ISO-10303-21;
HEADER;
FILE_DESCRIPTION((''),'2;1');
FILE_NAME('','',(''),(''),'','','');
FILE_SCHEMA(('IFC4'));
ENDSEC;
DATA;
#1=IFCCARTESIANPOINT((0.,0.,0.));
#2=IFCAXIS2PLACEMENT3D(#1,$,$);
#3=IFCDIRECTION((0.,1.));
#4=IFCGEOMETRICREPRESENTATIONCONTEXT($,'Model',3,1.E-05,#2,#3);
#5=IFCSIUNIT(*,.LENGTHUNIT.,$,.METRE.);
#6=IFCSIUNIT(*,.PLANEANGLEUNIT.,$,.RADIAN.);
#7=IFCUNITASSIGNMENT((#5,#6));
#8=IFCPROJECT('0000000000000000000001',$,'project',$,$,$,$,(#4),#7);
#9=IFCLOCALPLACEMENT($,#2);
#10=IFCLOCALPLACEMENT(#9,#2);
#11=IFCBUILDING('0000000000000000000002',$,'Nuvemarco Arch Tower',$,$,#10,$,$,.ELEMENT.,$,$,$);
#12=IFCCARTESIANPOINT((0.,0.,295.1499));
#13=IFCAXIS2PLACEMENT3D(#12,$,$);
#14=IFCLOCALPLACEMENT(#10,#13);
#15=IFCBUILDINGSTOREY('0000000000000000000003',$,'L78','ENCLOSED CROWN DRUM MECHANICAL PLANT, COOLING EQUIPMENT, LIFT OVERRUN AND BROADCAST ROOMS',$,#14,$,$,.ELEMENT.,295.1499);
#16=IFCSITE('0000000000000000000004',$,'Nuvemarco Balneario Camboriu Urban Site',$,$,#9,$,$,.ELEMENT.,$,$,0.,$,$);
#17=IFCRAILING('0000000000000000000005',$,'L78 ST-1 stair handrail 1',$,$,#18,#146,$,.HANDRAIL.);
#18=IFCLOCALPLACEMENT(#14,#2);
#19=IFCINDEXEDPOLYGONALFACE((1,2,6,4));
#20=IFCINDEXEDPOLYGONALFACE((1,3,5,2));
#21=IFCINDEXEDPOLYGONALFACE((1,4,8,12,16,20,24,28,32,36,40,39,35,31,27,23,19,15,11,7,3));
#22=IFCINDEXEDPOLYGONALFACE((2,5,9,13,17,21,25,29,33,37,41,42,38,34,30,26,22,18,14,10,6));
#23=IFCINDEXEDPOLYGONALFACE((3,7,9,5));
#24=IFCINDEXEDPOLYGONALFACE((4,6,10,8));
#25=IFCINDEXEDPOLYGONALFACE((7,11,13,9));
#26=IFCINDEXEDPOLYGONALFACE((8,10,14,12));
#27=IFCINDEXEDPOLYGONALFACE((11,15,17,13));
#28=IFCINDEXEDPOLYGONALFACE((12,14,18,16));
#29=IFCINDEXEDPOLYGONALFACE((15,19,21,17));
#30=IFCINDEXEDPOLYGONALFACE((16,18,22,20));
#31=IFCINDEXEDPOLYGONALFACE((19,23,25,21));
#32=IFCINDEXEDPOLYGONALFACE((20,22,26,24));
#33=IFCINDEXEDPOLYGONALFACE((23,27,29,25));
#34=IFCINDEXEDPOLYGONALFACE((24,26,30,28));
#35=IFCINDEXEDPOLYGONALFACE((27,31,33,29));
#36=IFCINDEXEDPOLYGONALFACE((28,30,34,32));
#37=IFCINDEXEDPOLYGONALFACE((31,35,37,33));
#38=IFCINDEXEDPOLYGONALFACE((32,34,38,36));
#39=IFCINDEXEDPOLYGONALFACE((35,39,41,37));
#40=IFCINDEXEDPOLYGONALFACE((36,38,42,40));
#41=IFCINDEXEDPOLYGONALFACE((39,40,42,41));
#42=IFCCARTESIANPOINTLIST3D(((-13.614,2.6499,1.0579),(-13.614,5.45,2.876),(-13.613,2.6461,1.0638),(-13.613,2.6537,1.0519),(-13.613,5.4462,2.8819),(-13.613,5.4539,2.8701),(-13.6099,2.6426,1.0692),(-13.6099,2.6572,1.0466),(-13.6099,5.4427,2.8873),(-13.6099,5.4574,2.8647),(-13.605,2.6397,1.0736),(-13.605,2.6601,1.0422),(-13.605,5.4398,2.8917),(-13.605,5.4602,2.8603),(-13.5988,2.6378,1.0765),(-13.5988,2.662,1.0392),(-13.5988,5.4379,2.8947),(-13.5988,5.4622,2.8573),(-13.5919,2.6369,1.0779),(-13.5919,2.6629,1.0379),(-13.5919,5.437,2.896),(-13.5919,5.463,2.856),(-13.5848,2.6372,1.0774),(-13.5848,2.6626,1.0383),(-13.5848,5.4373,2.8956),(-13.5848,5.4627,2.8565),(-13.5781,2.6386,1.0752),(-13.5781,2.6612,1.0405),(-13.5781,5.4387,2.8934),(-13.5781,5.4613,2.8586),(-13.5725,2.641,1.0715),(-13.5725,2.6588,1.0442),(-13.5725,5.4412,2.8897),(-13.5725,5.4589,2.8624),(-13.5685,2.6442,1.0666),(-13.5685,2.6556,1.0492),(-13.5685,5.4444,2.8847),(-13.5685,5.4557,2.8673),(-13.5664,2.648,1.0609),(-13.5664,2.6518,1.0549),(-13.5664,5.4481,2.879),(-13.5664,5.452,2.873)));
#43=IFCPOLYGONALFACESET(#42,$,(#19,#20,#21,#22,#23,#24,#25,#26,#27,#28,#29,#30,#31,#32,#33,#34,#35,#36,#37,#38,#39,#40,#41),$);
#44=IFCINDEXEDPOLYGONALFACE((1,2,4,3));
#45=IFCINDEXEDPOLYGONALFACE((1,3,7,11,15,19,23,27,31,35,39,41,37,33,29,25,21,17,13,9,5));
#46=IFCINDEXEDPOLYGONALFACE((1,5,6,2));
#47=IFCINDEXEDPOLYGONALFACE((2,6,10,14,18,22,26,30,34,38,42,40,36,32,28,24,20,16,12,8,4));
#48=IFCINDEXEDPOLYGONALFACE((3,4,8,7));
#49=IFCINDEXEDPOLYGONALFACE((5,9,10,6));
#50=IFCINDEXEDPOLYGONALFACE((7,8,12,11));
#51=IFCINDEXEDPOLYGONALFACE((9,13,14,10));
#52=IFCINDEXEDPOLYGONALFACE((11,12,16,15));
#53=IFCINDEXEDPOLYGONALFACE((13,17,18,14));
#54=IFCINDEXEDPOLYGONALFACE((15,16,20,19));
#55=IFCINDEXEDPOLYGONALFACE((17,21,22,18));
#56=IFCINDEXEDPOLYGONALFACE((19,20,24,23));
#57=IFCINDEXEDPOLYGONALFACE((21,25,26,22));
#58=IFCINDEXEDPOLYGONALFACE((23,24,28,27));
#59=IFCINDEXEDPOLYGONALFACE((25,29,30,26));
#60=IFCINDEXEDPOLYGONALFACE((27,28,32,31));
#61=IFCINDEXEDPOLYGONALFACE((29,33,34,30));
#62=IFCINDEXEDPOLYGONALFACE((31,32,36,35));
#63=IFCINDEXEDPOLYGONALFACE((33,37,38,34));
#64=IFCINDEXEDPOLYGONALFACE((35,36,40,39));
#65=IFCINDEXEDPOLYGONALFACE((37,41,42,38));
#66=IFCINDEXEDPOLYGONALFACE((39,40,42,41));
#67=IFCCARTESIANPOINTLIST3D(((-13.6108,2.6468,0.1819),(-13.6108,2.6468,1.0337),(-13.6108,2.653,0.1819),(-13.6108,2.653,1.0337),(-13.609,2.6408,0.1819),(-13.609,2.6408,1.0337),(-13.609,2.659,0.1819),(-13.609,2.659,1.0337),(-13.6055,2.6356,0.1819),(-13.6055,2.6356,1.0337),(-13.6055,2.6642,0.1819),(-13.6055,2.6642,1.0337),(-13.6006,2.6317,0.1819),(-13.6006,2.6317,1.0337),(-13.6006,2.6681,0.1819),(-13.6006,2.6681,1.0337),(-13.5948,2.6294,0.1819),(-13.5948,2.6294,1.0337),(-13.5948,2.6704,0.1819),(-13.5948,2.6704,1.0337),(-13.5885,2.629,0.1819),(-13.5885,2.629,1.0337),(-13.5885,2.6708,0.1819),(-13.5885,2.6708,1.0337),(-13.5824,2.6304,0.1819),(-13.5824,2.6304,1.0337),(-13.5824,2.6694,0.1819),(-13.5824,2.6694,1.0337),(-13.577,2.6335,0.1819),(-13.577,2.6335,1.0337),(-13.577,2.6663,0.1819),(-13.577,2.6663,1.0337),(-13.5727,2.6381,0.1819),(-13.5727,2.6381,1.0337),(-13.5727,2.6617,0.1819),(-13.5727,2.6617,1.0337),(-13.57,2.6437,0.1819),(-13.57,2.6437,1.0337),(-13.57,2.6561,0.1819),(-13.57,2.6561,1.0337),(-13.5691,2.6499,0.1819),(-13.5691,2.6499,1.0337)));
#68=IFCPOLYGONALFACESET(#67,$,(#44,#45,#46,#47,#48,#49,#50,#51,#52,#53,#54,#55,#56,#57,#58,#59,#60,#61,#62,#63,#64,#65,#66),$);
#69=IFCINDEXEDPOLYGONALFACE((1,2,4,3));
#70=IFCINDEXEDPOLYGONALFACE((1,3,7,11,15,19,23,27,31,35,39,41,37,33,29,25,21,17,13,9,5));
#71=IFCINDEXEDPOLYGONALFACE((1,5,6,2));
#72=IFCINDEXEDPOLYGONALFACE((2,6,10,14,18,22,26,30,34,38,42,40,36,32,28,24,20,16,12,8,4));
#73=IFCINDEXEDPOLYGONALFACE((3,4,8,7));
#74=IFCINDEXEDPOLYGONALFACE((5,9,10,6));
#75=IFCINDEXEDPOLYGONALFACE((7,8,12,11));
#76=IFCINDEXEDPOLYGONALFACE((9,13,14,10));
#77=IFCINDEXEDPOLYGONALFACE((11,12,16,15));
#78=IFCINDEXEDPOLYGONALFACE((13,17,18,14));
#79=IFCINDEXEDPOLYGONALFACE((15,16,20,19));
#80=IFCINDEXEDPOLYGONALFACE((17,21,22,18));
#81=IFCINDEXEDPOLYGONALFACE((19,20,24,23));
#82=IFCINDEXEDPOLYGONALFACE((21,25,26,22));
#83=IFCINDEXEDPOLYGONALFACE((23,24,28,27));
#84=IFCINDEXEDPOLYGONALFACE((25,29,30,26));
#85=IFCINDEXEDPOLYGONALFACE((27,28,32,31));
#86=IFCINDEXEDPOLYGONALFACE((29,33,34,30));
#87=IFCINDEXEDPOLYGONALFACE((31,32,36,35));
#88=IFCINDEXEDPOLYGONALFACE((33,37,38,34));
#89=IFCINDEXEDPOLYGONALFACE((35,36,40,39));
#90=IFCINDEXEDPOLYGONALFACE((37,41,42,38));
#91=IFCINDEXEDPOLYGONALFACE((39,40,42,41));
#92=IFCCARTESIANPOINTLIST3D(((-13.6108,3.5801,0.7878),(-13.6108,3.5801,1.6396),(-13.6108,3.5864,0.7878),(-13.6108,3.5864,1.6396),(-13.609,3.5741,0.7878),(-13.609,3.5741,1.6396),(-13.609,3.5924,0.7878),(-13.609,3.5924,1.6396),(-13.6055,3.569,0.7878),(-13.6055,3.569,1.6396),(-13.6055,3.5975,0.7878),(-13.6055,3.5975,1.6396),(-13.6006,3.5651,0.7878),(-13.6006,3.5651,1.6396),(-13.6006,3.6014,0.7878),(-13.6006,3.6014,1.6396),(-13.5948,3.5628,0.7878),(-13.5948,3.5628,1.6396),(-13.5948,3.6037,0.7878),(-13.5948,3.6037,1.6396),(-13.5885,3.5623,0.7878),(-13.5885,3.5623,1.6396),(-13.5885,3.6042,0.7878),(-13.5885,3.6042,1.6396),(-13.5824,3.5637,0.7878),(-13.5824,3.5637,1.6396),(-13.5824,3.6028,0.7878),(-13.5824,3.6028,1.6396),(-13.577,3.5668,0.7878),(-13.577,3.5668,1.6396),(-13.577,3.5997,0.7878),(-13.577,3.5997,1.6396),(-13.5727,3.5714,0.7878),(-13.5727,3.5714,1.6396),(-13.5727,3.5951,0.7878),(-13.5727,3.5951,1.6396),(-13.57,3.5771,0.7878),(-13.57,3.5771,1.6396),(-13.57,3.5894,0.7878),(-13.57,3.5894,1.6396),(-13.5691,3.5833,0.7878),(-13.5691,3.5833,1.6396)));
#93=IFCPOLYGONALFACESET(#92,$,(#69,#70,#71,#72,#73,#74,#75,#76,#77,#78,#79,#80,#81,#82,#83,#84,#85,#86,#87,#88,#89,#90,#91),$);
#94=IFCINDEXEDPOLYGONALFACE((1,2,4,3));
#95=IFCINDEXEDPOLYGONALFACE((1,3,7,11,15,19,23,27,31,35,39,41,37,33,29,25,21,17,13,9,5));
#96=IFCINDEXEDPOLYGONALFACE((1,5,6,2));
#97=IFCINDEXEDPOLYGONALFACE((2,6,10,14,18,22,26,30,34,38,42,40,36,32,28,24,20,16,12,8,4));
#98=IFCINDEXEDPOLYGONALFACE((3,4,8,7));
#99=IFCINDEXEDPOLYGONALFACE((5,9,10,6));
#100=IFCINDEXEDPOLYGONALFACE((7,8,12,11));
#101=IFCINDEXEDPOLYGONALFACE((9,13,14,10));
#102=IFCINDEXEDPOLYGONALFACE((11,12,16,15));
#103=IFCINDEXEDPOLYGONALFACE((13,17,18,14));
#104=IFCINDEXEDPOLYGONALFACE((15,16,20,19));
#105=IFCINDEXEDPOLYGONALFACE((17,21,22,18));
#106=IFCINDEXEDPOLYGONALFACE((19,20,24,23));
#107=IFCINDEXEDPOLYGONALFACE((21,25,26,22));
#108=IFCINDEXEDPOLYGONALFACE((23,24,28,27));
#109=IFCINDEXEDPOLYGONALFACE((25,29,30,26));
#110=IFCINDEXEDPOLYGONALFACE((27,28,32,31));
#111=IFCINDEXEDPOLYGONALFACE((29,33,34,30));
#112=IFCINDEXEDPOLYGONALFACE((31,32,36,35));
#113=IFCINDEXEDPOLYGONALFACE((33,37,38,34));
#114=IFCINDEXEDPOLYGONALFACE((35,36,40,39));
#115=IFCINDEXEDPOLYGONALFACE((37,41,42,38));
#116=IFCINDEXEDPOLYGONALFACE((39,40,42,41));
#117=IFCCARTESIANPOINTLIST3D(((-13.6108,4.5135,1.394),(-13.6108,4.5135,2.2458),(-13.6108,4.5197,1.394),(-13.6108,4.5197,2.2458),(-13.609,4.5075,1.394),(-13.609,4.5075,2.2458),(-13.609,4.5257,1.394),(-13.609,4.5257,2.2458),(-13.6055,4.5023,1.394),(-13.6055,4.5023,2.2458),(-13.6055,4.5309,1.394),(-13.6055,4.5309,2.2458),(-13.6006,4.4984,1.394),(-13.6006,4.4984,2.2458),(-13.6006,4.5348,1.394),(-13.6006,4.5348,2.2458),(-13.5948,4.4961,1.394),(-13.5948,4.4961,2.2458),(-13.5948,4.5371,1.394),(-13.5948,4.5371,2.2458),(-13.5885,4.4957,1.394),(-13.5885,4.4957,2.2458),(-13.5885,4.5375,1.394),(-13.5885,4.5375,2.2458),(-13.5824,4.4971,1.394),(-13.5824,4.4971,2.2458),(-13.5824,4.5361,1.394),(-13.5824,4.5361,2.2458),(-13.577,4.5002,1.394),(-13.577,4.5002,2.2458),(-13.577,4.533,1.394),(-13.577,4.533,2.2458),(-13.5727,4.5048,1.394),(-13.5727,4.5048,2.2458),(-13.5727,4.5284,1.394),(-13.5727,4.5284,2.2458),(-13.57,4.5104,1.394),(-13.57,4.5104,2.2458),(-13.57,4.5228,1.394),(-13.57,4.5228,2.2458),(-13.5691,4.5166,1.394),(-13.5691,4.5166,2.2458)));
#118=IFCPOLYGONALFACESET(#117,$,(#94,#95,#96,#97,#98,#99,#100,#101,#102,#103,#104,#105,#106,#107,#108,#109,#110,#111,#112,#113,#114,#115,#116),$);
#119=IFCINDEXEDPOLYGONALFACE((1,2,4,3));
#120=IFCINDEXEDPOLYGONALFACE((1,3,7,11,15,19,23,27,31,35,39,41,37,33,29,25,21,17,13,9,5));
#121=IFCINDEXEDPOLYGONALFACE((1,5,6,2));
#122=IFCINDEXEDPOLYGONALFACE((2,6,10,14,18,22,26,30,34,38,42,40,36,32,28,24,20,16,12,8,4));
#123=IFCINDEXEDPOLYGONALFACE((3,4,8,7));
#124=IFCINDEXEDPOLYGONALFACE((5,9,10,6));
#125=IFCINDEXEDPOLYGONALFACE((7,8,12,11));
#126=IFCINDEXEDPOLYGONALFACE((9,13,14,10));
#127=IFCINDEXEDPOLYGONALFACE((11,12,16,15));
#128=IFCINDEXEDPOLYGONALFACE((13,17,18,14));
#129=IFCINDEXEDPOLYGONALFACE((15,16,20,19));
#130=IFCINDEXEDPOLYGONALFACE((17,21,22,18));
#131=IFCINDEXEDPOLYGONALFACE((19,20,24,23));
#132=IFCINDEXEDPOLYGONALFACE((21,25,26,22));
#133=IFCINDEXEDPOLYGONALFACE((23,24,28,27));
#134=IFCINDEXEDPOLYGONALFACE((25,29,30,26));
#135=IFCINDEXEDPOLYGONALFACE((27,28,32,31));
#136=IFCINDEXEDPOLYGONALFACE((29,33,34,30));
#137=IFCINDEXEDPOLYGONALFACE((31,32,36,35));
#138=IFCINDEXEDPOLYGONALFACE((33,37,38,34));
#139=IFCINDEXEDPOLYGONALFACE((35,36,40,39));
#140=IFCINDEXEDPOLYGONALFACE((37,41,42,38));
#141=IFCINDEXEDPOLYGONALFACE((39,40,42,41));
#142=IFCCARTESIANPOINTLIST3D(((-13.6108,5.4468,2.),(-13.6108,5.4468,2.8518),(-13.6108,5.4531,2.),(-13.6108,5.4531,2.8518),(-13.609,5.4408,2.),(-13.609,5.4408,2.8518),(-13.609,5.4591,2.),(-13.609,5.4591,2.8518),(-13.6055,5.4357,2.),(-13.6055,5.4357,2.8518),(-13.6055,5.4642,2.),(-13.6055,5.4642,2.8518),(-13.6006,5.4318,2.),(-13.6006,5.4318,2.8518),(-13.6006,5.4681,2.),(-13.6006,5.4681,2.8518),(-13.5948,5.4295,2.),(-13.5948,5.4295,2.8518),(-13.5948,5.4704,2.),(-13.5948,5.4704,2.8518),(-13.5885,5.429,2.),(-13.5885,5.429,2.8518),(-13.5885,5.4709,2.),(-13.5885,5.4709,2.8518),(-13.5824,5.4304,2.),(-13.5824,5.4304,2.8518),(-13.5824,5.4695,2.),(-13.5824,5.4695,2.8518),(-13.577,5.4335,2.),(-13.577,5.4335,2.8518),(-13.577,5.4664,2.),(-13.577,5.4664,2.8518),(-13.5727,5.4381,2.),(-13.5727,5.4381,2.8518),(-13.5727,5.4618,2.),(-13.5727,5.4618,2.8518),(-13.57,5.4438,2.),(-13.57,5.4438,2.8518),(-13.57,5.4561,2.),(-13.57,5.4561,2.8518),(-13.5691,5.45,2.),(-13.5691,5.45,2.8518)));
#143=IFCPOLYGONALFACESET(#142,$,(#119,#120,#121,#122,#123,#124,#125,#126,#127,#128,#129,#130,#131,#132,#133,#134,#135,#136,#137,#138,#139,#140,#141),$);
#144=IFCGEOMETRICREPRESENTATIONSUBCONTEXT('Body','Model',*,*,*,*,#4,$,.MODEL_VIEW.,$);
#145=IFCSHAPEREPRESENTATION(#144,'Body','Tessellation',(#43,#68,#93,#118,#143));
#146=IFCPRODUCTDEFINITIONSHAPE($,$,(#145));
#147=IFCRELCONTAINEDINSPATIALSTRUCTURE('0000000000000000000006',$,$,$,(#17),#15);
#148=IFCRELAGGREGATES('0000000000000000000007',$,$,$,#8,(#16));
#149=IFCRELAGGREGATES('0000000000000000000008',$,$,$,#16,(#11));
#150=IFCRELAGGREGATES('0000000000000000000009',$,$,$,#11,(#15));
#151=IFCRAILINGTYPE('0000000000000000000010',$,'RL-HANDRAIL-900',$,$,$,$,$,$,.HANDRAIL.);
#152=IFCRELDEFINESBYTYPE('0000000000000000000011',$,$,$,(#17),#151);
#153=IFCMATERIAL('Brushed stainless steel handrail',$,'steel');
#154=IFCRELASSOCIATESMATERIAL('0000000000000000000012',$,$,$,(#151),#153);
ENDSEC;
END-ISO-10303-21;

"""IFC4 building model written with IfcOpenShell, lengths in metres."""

from ifc_helpers import new_model, si_unit, direction, frame, origin, origin_2d, place, context, subcontext, project, spatial, circle, extrude, material, type_object, element, save


model = new_model("IFC4")

# Units and contexts
model_context = context("Model", 3, precision=1e-05, world=origin(), true_north=direction((0.0, 1.0)))
body_context = subcontext(model_context, "Body", "Model", "MODEL_VIEW")
ifc_project = project(units=[si_unit("LENGTHUNIT", "METRE"), si_unit("PLANEANGLEUNIT", "RADIAN")], contexts=[model_context])

# Site, building, storey
site_placement = place(None, origin())
site = spatial("IfcSite", under=ifc_project, at=site_placement, Name="Nuvemarco Balneario Camboriu Urban Site", CompositionType="ELEMENT", RefElevation=0.0)
building_placement = place(site_placement, origin())
building = spatial("IfcBuilding", under=site, at=building_placement, Name="Nuvemarco Arch Tower", CompositionType="ELEMENT")
storey_placement = place(building_placement, frame((0.0, 0.0, 295.1499)))
storey = spatial("IfcBuildingStorey", under=building, at=storey_placement, Name="L78", Description="ENCLOSED CROWN DRUM MECHANICAL PLANT, COOLING EQUIPMENT, LIFT OVERRUN AND BROADCAST ROOMS", CompositionType="ELEMENT", Elevation=295.1499)

# Railing
ifc_material_1 = material(Name="Brushed stainless steel handrail", Category="steel")
railing_type_1 = type_object("IfcRailingType", Name="RL-HANDRAIL-900", PredefinedType="HANDRAIL", material=ifc_material_1)
railing_1_placement = place(storey_placement, frame((-13.5901, 2.6499, 0.1819)))
element("IfcRailing", 1, at=railing_1_placement, inside=storey, type_object=railing_type_1, Name="L78 ST-1 stair handrail 1", PredefinedType="HANDRAIL", context=body_context, shape_type="SweptSolid", body=[
    extrude(circle(Radius=0.0239, at=origin_2d()), frame((0.0, 0.0, 0.876), z_axis=(0.0, 0.838706, 0.544585), x_axis=(-1.0, 0.0, 0.0)), (0.0, 0.0, 1.0), 3.3386),
    extrude(circle(Radius=0.021, at=origin_2d()), origin(), (0.0, 0.0, 1.0), 0.8518),
    extrude(circle(Radius=0.021, at=origin_2d()), frame((0.0, 0.9333, 0.606)), (0.0, 0.0, 1.0), 0.8518),
    extrude(circle(Radius=0.021, at=origin_2d()), frame((0.0, 1.8667, 1.2122)), (0.0, 0.0, 1.0), 0.8518),
    extrude(circle(Radius=0.021, at=origin_2d()), frame((0.0, 2.8, 1.8181)), (0.0, 0.0, 1.0), 0.8518),
])

save(model, "model.ifc")
